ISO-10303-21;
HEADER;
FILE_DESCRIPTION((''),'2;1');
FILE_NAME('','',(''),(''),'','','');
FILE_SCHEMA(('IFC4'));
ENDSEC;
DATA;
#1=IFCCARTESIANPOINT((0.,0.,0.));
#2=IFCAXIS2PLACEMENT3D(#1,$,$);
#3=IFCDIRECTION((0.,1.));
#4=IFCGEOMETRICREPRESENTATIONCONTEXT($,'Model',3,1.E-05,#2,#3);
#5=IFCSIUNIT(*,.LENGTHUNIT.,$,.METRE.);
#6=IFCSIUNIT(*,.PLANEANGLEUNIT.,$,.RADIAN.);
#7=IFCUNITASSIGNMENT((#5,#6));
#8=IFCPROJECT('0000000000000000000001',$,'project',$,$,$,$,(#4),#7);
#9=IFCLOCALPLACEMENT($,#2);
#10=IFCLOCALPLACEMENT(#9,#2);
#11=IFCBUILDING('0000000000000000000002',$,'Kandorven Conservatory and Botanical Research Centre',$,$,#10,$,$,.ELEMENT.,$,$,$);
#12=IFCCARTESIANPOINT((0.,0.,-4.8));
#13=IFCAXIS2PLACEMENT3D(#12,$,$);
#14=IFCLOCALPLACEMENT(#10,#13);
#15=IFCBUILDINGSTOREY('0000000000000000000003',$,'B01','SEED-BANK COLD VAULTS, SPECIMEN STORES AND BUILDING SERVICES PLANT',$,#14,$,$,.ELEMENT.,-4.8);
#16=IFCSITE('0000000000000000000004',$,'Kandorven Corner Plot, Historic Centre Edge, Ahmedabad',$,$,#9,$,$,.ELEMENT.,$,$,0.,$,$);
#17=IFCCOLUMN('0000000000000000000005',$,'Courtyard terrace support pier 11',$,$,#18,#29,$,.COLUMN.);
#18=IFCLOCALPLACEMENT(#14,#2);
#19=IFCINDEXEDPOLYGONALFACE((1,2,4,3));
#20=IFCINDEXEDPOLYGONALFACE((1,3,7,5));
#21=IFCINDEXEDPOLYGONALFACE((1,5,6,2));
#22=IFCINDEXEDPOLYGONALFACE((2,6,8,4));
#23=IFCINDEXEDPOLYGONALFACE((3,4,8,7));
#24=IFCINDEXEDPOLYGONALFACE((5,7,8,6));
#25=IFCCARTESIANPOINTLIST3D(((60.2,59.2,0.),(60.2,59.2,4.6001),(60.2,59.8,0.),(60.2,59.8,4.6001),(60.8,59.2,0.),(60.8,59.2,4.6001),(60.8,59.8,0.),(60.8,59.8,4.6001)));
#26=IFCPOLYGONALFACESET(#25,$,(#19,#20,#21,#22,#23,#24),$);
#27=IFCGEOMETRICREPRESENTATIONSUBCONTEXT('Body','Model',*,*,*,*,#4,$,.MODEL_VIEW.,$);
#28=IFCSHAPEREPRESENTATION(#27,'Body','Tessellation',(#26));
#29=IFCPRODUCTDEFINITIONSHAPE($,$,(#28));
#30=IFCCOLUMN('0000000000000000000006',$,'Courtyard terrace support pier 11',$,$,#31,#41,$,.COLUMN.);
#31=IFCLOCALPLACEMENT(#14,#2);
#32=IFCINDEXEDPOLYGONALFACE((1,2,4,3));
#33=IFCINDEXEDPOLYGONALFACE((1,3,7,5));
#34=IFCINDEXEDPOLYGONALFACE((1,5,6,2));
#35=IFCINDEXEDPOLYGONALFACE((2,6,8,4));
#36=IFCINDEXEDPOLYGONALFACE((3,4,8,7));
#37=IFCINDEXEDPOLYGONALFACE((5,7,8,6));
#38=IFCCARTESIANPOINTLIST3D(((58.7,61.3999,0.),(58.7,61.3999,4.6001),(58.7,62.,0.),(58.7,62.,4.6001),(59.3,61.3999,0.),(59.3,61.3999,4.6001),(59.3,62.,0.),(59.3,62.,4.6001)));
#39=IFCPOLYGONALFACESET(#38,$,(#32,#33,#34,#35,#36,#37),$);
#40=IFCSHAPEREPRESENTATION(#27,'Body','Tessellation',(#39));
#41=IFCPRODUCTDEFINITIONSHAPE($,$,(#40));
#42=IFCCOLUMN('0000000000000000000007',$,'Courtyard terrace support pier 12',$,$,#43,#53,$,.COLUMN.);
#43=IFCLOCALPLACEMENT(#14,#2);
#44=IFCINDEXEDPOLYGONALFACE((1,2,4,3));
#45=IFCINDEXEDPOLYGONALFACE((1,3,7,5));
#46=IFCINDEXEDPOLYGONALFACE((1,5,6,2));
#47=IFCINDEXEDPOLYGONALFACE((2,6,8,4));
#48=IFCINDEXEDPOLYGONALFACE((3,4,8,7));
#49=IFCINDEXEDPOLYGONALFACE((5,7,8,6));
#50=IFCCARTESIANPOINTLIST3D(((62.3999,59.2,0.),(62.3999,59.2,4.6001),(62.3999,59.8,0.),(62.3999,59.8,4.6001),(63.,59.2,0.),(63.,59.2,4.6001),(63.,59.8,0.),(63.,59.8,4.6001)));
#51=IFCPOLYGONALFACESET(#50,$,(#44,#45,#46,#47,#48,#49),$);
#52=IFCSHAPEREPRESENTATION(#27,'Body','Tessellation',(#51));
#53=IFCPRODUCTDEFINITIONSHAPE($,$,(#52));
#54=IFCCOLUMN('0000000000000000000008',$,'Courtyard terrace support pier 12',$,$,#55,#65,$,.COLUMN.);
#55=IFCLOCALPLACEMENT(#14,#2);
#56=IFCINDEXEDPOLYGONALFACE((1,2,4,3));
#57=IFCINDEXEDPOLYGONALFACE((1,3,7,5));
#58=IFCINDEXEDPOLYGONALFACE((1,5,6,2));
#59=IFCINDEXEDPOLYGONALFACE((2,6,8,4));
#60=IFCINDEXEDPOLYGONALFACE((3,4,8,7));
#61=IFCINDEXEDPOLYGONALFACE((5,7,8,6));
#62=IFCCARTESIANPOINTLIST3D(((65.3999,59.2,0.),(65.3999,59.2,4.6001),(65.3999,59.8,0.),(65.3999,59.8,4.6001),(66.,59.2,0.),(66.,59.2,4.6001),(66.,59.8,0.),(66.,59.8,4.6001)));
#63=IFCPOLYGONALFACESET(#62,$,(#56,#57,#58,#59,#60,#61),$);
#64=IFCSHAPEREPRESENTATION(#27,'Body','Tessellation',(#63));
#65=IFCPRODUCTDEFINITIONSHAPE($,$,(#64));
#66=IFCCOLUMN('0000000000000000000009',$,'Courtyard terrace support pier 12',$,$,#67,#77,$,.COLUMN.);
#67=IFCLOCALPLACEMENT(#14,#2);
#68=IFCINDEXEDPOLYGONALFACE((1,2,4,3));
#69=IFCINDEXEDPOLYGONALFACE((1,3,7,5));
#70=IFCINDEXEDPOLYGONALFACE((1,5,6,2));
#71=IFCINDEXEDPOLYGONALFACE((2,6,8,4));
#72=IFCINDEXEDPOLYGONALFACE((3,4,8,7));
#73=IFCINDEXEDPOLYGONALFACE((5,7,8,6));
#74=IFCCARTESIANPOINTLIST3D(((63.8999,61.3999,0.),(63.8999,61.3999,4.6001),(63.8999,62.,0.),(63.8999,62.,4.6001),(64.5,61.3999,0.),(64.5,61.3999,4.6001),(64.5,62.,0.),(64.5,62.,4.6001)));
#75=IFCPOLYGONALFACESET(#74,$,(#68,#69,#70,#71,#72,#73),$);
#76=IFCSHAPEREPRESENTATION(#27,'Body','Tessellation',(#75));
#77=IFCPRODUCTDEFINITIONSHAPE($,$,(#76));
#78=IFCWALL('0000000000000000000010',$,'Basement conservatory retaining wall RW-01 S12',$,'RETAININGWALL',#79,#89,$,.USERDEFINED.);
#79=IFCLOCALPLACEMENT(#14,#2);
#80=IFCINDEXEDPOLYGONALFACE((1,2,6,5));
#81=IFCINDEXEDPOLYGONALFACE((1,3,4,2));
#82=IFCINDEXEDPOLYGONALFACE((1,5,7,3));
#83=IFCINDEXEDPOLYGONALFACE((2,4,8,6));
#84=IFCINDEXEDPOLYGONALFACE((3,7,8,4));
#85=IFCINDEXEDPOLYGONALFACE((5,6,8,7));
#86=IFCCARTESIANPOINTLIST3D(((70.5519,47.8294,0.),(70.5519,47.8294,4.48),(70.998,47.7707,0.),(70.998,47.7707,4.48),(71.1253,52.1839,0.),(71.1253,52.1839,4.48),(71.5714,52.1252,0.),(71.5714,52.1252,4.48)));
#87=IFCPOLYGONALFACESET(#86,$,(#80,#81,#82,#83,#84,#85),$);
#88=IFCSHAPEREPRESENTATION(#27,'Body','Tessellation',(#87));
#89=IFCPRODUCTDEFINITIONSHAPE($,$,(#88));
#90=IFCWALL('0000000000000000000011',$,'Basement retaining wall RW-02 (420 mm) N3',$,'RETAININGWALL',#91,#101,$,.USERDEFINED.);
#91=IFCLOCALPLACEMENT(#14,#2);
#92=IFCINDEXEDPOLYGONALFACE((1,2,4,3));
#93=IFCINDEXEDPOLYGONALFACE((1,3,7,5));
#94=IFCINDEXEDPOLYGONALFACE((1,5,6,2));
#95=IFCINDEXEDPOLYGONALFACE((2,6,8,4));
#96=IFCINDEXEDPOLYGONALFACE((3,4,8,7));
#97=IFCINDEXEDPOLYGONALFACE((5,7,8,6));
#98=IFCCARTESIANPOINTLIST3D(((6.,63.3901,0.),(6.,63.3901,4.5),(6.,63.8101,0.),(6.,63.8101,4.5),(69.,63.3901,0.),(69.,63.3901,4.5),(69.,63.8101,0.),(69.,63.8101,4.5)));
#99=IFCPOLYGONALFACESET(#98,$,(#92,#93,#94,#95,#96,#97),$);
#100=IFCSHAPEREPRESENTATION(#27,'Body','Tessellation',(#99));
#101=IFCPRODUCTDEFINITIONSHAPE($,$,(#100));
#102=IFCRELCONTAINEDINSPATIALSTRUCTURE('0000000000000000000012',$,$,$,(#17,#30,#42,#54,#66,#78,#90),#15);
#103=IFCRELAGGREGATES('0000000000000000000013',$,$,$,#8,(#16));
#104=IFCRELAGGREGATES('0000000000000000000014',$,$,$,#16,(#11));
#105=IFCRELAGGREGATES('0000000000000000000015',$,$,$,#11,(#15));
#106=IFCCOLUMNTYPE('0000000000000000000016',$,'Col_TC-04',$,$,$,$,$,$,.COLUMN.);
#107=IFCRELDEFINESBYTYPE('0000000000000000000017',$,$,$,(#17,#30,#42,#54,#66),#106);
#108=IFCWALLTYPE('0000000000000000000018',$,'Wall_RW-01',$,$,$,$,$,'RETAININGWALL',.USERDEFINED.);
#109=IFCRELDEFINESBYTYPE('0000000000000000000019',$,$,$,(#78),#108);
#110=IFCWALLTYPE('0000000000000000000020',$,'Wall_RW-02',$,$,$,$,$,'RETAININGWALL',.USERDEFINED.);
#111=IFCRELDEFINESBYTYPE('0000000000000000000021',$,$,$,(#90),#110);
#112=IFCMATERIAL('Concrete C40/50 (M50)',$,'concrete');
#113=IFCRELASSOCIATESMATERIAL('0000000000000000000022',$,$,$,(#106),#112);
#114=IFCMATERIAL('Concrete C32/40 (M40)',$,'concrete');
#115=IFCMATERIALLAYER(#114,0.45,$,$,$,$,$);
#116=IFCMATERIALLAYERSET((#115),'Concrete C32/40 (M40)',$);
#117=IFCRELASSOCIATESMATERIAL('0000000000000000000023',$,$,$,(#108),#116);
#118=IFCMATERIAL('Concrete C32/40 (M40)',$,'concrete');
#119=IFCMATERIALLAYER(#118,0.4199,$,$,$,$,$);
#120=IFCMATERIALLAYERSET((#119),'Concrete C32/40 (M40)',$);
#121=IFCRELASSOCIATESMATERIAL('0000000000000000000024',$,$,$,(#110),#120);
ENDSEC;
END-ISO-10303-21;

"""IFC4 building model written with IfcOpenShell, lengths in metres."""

from ifc_helpers import new_model, si_unit, direction, frame, frame_2d, origin, origin_2d, place, context, subcontext, project, spatial, rectangle, extrude, material, layer, layer_set, material_profile, profile_set, type_object, element, save


model = new_model("IFC4")

# Units and contexts
model_context = context("Model", 3, precision=1e-05, world=origin(), true_north=direction((0.0, 1.0)))
body_context = subcontext(model_context, "Body", "Model", "MODEL_VIEW")
ifc_project = project(units=[si_unit("LENGTHUNIT", "METRE"), si_unit("PLANEANGLEUNIT", "RADIAN")], contexts=[model_context])

# Site, building, storey
site_placement = place(None, origin())
site = spatial("IfcSite", under=ifc_project, at=site_placement, Name="Kandorven Corner Plot, Historic Centre Edge, Ahmedabad", CompositionType="ELEMENT", RefElevation=0.0)
building_placement = place(site_placement, origin())
building = spatial("IfcBuilding", under=site, at=building_placement, Name="Kandorven Conservatory and Botanical Research Centre", CompositionType="ELEMENT")
storey_placement = place(building_placement, frame((0.0, 0.0, -4.8)))
storey = spatial("IfcBuildingStorey", under=building, at=storey_placement, Name="B01", Description="SEED-BANK COLD VAULTS, SPECIMEN STORES AND BUILDING SERVICES PLANT", CompositionType="ELEMENT", Elevation=-4.8)

# Columns
ifc_material_1 = material(Name="Concrete C40/50 (M50)", Category="concrete")
ifc_material_profile_1 = material_profile(ifc_material_1, rectangle(XDim=0.6001, YDim=0.6001, at=origin_2d()))
ifc_profile_set_1 = profile_set([ifc_material_profile_1], Name="Concrete C40/50 (M50)")
column_type_1 = type_object("IfcColumnType", Name="Col_TC-04", PredefinedType="COLUMN", material=ifc_profile_set_1)
for number, where, z_axis, x_axis, name in (
    (1, (60.5, 59.5, 0.0), (0.0, 0.0, 1.0), (1.0, 0.0, 0.0), "Courtyard terrace support pier 11"),
    (2, (59.0, 61.7, 0.0), (0.0, 0.0, 1.0), (1.0, 0.0, 0.0), "Courtyard terrace support pier 11"),
    (3, (62.7, 59.5, 0.0), (0.0, 0.0, 1.0), (1.0, 0.0, 0.0), "Courtyard terrace support pier 12"),
    (4, (65.7, 59.5, 0.0), (0.0, 0.0, 1.0), (1.0, 0.0, 0.0), "Courtyard terrace support pier 12"),
    (5, (64.2, 61.7, 0.0), (0.0, 0.0, 1.0), (1.0, 0.0, 0.0), "Courtyard terrace support pier 12"),
):
    element("IfcColumn", number, at=place(storey_placement, frame(where, z_axis=z_axis, x_axis=x_axis)), inside=storey, type_object=column_type_1, Name=name, PredefinedType="COLUMN", context=body_context, shape_type="SweptSolid", body=[
        extrude(rectangle(XDim=0.6001, YDim=0.6001, at=origin_2d()), origin(), (0.0, 0.0, 1.0), 4.6001),
    ])

# Walls
ifc_material_2 = material(Name="Concrete C32/40 (M40)", Category="concrete")
ifc_layer_1 = layer(ifc_material_2, 0.45)
ifc_layer_set_1 = layer_set([ifc_layer_1], Name="Concrete C32/40 (M40)")
wall_type_1 = type_object("IfcWallType", Name="Wall_RW-01", ElementType="RETAININGWALL", PredefinedType="USERDEFINED", material=ifc_layer_set_1)
wall_1_placement = place(storey_placement, frame((71.3484, 52.1545, 0.0), z_axis=(0.0, 0.0, 1.0), x_axis=(-0.130572, -0.991439, 0.0)))
element("IfcWall", 6, at=wall_1_placement, inside=storey, type_object=wall_type_1, Name="Basement conservatory retaining wall RW-01 S12", ObjectType="RETAININGWALL", PredefinedType="USERDEFINED", context=body_context, shape_type="SweptSolid", body=[
    extrude(rectangle(XDim=4.3921, YDim=0.45, at=frame_2d((2.196, 0.0))), origin(), (0.0, 0.0, 1.0), 4.48),
])
ifc_material_3 = material(Name="Concrete C32/40 (M40)", Category="concrete")
ifc_layer_2 = layer(ifc_material_3, 0.4199)
ifc_layer_set_2 = layer_set([ifc_layer_2], Name="Concrete C32/40 (M40)")
wall_type_2 = type_object("IfcWallType", Name="Wall_RW-02", ElementType="RETAININGWALL", PredefinedType="USERDEFINED", material=ifc_layer_set_2)
wall_2_placement = place(storey_placement, frame((69.0, 63.6001, 0.0), z_axis=(0.0, 0.0, 1.0), x_axis=(-1.0, 0.0, 0.0)))
element("IfcWall", 7, at=wall_2_placement, inside=storey, type_object=wall_type_2, Name="Basement retaining wall RW-02 (420 mm) N3", ObjectType="RETAININGWALL", PredefinedType="USERDEFINED", context=body_context, shape_type="SweptSolid", body=[
    extrude(rectangle(XDim=63.0, YDim=0.4199, at=frame_2d((31.5, 0.0))), origin(), (0.0, 0.0, 1.0), 4.5),
])

save(model, "model.ifc")
